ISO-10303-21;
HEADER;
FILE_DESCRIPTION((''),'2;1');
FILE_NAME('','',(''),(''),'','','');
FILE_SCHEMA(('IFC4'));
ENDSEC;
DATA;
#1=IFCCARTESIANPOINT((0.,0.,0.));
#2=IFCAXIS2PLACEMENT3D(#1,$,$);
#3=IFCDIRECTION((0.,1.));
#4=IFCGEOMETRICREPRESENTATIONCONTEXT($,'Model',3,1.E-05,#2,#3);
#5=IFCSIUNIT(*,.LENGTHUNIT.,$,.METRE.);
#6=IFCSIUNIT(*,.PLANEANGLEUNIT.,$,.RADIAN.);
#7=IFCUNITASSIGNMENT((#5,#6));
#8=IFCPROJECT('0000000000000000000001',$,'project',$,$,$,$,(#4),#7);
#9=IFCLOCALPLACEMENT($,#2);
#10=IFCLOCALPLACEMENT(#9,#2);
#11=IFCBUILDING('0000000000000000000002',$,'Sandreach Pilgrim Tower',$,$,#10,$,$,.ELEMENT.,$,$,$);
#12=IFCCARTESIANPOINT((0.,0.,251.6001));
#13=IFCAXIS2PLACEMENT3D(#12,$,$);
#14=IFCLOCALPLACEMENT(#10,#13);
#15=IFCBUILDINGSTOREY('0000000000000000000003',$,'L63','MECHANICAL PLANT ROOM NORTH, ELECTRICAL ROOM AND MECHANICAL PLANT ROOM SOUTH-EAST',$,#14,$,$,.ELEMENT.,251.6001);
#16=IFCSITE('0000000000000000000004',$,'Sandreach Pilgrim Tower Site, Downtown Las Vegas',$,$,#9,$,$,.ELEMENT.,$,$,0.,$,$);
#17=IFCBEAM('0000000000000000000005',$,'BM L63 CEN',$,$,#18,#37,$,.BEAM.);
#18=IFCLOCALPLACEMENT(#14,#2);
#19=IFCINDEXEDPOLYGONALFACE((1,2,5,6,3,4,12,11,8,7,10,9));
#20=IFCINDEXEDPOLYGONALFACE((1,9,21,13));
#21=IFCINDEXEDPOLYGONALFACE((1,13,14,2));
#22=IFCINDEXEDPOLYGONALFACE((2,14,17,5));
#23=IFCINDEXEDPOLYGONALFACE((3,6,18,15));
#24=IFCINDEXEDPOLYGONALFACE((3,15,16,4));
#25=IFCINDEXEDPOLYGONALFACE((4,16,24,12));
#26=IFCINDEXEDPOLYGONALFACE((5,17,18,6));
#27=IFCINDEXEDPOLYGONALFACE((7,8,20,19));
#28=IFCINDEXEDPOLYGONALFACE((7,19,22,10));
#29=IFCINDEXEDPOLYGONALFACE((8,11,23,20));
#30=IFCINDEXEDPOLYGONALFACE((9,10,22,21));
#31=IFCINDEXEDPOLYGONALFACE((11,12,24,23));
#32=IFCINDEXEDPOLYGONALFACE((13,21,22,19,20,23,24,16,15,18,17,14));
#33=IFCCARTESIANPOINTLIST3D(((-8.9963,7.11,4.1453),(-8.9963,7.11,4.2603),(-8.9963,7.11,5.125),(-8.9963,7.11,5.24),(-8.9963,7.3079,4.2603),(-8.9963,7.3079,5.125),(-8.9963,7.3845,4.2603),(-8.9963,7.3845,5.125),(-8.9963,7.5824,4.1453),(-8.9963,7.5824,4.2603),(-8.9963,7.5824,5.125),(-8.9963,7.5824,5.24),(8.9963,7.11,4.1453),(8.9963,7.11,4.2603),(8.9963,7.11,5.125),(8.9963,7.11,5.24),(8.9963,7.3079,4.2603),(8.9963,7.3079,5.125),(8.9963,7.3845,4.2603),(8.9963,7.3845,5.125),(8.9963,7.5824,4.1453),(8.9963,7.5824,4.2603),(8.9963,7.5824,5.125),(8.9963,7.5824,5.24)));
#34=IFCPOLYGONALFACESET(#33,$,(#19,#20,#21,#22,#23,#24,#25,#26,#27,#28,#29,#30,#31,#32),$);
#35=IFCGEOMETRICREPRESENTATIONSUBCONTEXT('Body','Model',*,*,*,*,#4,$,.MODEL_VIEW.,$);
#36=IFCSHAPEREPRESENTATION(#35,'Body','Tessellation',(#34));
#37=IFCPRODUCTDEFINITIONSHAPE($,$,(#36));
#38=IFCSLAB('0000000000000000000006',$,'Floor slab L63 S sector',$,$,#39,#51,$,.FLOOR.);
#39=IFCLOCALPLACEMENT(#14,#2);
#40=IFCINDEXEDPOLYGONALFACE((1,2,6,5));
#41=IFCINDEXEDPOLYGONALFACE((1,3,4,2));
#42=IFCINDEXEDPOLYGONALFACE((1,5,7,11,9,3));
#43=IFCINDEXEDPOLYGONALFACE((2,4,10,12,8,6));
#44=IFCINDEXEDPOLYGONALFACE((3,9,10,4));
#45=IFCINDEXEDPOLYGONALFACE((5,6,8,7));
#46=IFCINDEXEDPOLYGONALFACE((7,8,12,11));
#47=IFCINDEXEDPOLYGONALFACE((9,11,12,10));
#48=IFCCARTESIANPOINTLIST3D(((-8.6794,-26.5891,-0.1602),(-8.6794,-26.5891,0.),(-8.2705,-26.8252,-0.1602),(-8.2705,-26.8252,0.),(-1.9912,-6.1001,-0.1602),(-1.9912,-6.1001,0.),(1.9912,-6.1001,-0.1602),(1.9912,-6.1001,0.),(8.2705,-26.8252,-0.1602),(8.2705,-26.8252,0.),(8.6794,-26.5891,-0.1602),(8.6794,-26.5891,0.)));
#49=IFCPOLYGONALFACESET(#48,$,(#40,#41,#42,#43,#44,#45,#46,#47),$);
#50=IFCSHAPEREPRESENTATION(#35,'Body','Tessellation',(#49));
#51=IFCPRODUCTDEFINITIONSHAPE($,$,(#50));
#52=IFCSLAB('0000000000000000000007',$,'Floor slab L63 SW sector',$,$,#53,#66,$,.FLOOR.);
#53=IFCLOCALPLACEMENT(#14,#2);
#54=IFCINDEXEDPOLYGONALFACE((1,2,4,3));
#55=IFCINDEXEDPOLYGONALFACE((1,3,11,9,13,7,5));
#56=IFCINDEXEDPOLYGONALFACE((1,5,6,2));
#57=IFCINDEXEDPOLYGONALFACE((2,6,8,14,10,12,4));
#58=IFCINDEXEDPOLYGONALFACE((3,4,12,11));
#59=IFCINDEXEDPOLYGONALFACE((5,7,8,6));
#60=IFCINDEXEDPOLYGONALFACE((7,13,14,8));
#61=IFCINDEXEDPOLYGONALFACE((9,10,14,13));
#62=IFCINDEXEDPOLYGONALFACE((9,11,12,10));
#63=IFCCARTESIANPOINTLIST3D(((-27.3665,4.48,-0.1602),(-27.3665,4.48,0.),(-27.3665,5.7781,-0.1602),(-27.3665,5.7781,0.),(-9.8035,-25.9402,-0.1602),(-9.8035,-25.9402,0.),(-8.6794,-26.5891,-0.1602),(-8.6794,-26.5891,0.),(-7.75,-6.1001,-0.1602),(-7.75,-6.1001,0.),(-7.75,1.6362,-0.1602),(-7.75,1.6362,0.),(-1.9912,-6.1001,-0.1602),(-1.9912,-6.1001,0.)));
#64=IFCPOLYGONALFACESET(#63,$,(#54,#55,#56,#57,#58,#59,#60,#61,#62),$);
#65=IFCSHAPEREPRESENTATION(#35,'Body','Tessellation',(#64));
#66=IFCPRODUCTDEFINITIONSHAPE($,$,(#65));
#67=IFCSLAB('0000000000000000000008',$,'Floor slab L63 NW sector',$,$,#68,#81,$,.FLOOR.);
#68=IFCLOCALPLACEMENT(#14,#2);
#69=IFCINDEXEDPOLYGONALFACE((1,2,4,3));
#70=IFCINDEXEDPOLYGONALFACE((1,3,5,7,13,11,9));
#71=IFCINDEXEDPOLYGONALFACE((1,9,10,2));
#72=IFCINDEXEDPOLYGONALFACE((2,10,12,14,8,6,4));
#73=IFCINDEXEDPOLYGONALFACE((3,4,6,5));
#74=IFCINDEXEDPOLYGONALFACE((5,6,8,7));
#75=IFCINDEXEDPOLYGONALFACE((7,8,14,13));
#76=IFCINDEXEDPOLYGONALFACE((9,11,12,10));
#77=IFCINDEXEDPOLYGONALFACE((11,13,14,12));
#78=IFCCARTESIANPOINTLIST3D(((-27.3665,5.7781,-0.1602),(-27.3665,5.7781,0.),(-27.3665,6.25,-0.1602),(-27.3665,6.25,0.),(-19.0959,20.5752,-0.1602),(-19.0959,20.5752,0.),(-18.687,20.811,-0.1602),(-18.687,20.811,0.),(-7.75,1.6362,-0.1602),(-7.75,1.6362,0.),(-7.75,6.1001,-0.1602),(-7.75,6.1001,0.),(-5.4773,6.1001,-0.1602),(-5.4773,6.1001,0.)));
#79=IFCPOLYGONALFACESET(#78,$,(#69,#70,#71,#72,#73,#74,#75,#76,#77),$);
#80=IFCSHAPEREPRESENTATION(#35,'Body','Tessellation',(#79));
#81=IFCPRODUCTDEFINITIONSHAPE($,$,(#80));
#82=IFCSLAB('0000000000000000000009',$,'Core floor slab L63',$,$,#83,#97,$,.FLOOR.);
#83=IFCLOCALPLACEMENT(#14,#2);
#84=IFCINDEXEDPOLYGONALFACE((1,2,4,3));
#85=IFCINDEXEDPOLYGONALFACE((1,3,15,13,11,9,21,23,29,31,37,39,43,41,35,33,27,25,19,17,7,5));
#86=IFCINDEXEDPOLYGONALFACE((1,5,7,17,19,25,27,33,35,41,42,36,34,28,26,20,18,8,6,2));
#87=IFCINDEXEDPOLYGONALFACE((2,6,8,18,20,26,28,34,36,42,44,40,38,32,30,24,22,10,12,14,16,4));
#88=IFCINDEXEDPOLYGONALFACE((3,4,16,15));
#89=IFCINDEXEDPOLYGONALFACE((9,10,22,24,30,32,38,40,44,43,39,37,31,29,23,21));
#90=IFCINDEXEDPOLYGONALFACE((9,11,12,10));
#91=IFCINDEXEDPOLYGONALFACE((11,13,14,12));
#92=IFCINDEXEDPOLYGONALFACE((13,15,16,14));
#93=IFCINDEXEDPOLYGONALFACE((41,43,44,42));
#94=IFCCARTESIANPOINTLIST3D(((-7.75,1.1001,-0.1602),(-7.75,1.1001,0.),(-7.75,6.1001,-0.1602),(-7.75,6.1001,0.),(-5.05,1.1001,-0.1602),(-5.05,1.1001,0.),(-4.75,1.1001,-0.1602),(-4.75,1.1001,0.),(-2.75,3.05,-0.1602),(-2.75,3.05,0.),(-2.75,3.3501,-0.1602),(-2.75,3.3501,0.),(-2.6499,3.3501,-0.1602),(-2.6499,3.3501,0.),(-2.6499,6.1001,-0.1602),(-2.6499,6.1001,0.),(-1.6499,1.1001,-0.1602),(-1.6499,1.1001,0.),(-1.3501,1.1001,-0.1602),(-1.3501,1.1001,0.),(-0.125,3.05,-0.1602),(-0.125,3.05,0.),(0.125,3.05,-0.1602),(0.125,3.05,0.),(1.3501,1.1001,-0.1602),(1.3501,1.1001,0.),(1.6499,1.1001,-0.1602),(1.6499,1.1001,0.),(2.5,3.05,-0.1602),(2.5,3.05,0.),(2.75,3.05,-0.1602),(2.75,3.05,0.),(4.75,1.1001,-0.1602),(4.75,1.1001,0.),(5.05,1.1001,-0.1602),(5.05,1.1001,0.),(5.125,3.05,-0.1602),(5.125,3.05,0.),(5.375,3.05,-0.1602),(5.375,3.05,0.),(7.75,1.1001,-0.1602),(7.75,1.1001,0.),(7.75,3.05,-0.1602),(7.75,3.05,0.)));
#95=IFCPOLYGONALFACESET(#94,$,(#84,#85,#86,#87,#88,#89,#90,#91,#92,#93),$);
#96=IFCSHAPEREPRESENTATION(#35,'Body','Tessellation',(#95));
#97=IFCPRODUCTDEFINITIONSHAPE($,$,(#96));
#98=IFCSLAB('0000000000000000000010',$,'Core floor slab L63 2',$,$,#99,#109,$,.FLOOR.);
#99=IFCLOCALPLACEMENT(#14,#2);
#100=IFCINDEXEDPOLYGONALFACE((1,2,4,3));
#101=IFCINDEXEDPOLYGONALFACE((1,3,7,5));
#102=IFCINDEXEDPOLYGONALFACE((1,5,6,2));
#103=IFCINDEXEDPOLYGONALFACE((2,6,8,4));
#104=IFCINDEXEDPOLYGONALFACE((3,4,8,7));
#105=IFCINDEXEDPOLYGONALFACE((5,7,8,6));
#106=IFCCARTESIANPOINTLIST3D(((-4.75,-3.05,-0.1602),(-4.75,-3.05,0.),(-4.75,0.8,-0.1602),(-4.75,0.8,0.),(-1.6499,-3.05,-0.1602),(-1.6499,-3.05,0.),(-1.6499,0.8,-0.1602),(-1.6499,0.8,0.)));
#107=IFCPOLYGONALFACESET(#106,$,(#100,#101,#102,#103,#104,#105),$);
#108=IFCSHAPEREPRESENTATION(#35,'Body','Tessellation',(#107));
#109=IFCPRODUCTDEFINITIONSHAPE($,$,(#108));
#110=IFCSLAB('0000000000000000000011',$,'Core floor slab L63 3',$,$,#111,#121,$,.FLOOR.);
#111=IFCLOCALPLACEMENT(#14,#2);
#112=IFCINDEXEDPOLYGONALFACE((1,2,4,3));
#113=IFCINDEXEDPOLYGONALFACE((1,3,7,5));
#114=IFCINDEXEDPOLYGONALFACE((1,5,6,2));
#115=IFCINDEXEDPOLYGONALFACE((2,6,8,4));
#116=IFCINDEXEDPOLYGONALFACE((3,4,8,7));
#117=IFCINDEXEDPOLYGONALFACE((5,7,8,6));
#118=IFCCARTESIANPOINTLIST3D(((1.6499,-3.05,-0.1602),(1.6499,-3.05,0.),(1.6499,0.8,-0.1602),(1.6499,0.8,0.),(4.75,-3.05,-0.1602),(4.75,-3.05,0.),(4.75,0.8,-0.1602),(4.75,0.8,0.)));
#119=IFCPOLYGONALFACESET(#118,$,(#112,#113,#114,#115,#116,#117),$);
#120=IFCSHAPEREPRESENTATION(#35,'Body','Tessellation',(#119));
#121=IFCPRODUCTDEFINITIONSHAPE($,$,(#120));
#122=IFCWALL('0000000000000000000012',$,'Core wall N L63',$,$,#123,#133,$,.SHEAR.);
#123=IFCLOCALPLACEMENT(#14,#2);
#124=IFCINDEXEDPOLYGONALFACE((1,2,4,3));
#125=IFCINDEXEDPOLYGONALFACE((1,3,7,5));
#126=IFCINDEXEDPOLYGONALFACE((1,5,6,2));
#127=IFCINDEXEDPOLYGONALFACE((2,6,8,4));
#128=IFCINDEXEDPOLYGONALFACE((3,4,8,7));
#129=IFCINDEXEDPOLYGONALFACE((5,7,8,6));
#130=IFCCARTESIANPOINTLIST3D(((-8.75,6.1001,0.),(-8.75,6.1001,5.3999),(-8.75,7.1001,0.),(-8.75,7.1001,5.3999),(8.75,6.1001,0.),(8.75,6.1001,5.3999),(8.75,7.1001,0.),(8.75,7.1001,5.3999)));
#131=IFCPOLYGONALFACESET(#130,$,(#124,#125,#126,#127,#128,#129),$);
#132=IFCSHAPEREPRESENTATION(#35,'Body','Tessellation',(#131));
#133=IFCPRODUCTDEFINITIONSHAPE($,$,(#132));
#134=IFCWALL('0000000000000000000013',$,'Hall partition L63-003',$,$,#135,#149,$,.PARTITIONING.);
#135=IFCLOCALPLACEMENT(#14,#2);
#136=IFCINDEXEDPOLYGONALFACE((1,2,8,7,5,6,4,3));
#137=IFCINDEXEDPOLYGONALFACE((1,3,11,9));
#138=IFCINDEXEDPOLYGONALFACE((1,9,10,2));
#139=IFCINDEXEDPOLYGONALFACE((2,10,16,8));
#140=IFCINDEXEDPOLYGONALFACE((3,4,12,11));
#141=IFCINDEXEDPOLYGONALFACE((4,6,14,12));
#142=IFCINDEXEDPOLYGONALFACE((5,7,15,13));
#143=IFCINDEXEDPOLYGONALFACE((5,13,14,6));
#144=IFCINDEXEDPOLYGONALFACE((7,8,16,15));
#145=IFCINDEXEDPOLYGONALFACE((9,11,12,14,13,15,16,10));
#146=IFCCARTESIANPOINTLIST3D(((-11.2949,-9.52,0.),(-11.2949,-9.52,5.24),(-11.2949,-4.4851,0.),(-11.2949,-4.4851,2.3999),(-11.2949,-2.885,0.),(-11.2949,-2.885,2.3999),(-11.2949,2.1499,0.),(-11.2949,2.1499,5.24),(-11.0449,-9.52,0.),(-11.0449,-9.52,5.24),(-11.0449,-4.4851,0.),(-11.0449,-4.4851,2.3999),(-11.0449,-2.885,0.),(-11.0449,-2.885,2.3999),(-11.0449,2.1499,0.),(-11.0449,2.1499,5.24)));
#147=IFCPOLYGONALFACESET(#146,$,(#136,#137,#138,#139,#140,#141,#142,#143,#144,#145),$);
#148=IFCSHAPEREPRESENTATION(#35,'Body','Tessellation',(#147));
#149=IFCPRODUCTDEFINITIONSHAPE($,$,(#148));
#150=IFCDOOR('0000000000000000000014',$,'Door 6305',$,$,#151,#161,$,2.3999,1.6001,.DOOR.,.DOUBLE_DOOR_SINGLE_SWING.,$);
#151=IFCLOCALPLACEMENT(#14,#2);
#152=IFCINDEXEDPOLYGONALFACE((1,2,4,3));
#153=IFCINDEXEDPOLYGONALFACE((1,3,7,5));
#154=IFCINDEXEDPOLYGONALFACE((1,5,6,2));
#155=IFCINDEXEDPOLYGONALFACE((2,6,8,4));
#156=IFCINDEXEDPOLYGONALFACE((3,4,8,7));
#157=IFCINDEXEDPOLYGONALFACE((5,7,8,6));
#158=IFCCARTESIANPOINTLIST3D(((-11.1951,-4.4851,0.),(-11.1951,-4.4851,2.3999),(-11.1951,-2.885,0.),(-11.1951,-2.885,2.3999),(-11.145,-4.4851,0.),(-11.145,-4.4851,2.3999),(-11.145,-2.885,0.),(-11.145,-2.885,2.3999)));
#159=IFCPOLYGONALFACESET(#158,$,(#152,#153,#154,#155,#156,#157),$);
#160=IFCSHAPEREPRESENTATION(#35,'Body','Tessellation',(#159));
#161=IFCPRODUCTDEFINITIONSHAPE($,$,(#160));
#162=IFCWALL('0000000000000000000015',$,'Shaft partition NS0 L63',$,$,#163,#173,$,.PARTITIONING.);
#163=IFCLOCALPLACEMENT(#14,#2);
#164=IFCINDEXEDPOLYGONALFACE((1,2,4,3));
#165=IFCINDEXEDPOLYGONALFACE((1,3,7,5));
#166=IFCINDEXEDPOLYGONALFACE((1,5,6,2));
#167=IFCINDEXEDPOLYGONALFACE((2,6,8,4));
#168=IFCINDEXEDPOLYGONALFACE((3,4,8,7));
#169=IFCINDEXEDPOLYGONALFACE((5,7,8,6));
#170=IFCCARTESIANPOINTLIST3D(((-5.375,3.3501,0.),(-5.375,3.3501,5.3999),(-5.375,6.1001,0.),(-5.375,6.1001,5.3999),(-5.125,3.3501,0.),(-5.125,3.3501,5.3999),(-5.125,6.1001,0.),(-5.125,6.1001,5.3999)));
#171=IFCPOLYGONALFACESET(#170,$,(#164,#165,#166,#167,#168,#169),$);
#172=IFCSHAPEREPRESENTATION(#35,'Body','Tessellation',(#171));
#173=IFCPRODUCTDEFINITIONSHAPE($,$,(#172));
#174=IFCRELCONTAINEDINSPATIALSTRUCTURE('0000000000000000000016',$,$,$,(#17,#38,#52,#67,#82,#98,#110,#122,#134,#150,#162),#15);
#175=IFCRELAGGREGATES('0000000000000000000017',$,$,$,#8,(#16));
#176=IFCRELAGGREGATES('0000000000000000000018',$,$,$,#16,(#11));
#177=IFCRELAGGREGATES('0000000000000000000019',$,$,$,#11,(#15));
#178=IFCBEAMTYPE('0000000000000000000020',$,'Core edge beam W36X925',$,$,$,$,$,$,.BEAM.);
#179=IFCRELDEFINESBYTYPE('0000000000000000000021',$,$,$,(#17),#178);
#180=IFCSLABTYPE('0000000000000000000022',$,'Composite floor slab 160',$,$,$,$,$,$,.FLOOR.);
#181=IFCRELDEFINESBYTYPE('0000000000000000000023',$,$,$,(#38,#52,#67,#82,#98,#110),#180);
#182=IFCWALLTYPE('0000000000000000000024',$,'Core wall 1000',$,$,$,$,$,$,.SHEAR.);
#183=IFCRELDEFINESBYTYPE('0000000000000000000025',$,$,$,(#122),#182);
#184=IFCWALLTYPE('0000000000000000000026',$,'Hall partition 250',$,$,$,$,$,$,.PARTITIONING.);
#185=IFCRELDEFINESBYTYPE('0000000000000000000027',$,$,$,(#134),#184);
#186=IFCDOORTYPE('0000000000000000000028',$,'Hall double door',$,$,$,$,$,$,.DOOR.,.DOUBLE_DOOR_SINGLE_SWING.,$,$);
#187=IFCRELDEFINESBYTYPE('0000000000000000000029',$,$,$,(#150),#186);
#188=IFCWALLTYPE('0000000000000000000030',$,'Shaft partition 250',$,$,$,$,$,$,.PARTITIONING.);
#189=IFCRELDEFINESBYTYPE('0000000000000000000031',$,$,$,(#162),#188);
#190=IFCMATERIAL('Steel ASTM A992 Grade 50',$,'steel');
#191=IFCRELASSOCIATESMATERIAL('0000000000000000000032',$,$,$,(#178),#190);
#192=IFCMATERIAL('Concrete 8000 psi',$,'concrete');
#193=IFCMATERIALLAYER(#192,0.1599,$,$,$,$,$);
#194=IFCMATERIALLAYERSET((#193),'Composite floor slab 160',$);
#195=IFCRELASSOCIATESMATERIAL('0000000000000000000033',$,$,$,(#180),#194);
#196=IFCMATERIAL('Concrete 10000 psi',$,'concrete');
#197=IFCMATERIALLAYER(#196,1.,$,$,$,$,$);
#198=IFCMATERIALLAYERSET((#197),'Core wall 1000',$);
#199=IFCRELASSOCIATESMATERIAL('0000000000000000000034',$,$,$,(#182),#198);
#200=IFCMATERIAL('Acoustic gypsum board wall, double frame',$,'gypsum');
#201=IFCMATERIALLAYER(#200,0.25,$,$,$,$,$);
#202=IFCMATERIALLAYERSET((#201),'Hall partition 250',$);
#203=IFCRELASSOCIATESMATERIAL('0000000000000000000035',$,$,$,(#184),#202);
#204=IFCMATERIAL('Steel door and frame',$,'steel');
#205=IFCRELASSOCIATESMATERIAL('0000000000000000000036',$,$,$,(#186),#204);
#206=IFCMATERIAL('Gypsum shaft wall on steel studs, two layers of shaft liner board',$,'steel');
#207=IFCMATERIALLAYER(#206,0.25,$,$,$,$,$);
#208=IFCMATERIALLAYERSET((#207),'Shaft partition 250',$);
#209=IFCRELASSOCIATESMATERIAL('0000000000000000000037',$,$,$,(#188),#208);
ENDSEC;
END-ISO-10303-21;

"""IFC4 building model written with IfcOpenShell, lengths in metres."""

from ifc_helpers import new_model, si_unit, direction, frame, frame_2d, origin, origin_2d, place, context, subcontext, project, spatial, polyline, rectangle, i_section, outline, extrude, material, layer, layer_set, material_profile, profile_set, type_object, element, fill, save


model = new_model("IFC4")

# Units and contexts
model_context = context("Model", 3, precision=1e-05, world=origin(), true_north=direction((0.0, 1.0)))
body_context = subcontext(model_context, "Body", "Model", "MODEL_VIEW")
ifc_project = project(units=[si_unit("LENGTHUNIT", "METRE"), si_unit("PLANEANGLEUNIT", "RADIAN")], contexts=[model_context])

# Site, building, storey
site_placement = place(None, origin())
site = spatial("IfcSite", under=ifc_project, at=site_placement, Name="Sandreach Pilgrim Tower Site, Downtown Las Vegas", CompositionType="ELEMENT", RefElevation=0.0)
building_placement = place(site_placement, origin())
building = spatial("IfcBuilding", under=site, at=building_placement, Name="Sandreach Pilgrim Tower", CompositionType="ELEMENT")
storey_placement = place(building_placement, frame((0.0, 0.0, 251.6001)))
storey = spatial("IfcBuildingStorey", under=building, at=storey_placement, Name="L63", Description="MECHANICAL PLANT ROOM NORTH, ELECTRICAL ROOM AND MECHANICAL PLANT ROOM SOUTH-EAST", CompositionType="ELEMENT", Elevation=251.6001)

# Beam
ifc_material_1 = material(Name="Steel ASTM A992 Grade 50", Category="steel")
ifc_material_profile = material_profile(ifc_material_1, i_section(OverallWidth=0.4724, OverallDepth=1.0947, WebThickness=0.0767, FlangeThickness=0.115, at=origin_2d()), Name="W36X925")
ifc_profile_set = profile_set([ifc_material_profile], Name="Steel ASTM A992 Grade 50")
beam_type = type_object("IfcBeamType", Name="Core edge beam W36X925", PredefinedType="BEAM", material=ifc_profile_set)
beam_placement = place(storey_placement, frame((-8.9963, 7.3462, 4.6926), z_axis=(1.0, 0.0, 0.0), x_axis=(0.0, 1.0, 0.0)))
element("IfcBeam", 1, at=beam_placement, inside=storey, type_object=beam_type, Name="BM L63 CEN", PredefinedType="BEAM", context=body_context, shape_type="SweptSolid", body=[
    extrude(i_section(OverallWidth=0.4724, OverallDepth=1.0947, WebThickness=0.0767, FlangeThickness=0.115, at=origin_2d()), origin(), (0.0, 0.0, 1.0), 17.9927),
])

# Slabs
ifc_material_2 = material(Name="Concrete 8000 psi", Category="concrete")
ifc_layer_1 = layer(ifc_material_2, 0.1599)
ifc_layer_set_1 = layer_set([ifc_layer_1], Name="Composite floor slab 160")
slab_type = type_object("IfcSlabType", Name="Composite floor slab 160", PredefinedType="FLOOR", material=ifc_layer_set_1)
slab_1_placement = place(storey_placement, frame((0.0, 0.0, -0.1602)))
element("IfcSlab", 2, at=slab_1_placement, inside=storey, type_object=slab_type, Name="Floor slab L63 S sector", PredefinedType="FLOOR", context=body_context, shape_type="SweptSolid", body=[
    extrude(outline(polyline([(8.2705, -26.8252), (-8.2705, -26.8252), (-8.6794, -26.5891), (-1.9912, -6.1001), (1.9912, -6.1001), (8.6794, -26.5891), (8.2705, -26.8252)])), origin(), (0.0, 0.0, 1.0), 0.1602),
])
slab_2_placement = place(storey_placement, frame((0.0, 0.0, -0.1602)))
element("IfcSlab", 3, at=slab_2_placement, inside=storey, type_object=slab_type, Name="Floor slab L63 SW sector", PredefinedType="FLOOR", context=body_context, shape_type="SweptSolid", body=[
    extrude(outline(polyline([(-9.8035, -25.9402), (-27.3665, 4.48), (-27.3665, 5.7781), (-7.75, 1.6362), (-7.75, -6.1001), (-1.9912, -6.1001), (-8.6794, -26.5891), (-9.8035, -25.9402)])), origin(), (0.0, 0.0, 1.0), 0.1602),
])
slab_3_placement = place(storey_placement, frame((0.0, 0.0, -0.1602)))
element("IfcSlab", 4, at=slab_3_placement, inside=storey, type_object=slab_type, Name="Floor slab L63 NW sector", PredefinedType="FLOOR", context=body_context, shape_type="SweptSolid", body=[
    extrude(outline(polyline([(-27.3665, 6.25), (-19.0959, 20.5752), (-18.687, 20.811), (-5.4773, 6.1001), (-7.75, 6.1001), (-7.75, 1.6362), (-27.3665, 5.7781), (-27.3665, 6.25)])), origin(), (0.0, 0.0, 1.0), 0.1602),
])
slab_4_placement = place(storey_placement, frame((0.0, 0.0, -0.1602)))
element("IfcSlab", 5, at=slab_4_placement, inside=storey, type_object=slab_type, Name="Core floor slab L63", PredefinedType="FLOOR", context=body_context, shape_type="SweptSolid", body=[
    extrude(outline(polyline([(-2.75, 3.3501), (-2.75, 3.05), (-0.125, 3.05), (0.125, 3.05), (2.5, 3.05), (2.75, 3.05), (5.125, 3.05), (5.375, 3.05), (7.75, 3.05), (7.75, 1.1001), (5.05, 1.1001), (4.75, 1.1001), (1.6499, 1.1001), (1.3501, 1.1001), (-1.3501, 1.1001), (-1.6499, 1.1001), (-4.75, 1.1001), (-5.05, 1.1001), (-7.75, 1.1001), (-7.75, 6.1001), (-2.6499, 6.1001), (-2.6499, 3.3501), (-2.75, 3.3501)])), origin(), (0.0, 0.0, 1.0), 0.1602),
])
slab_5_placement = place(storey_placement, frame((0.0, 0.0, -0.1602)))
element("IfcSlab", 6, at=slab_5_placement, inside=storey, type_object=slab_type, Name="Core floor slab L63 2", PredefinedType="FLOOR", context=body_context, shape_type="SweptSolid", body=[
    extrude(outline(polyline([(-1.6499, -3.05), (-4.75, -3.05), (-4.75, 0.8), (-1.6499, 0.8), (-1.6499, -3.05)])), origin(), (0.0, 0.0, 1.0), 0.1602),
])
slab_6_placement = place(storey_placement, frame((0.0, 0.0, -0.1602)))
element("IfcSlab", 7, at=slab_6_placement, inside=storey, type_object=slab_type, Name="Core floor slab L63 3", PredefinedType="FLOOR", context=body_context, shape_type="SweptSolid", body=[
    extrude(outline(polyline([(4.75, -3.05), (1.6499, -3.05), (1.6499, 0.8), (4.75, 0.8), (4.75, -3.05)])), origin(), (0.0, 0.0, 1.0), 0.1602),
])

# Wall
ifc_material_3 = material(Name="Concrete 10000 psi", Category="concrete")
ifc_layer_2 = layer(ifc_material_3, 1.0)
ifc_layer_set_2 = layer_set([ifc_layer_2], Name="Core wall 1000")
wall_type_1 = type_object("IfcWallType", Name="Core wall 1000", PredefinedType="SHEAR", material=ifc_layer_set_2)
wall_1_placement = place(storey_placement, frame((-8.75, 6.6001, 0.0), z_axis=(0.0, 0.0, 1.0), x_axis=(1.0, 0.0, 0.0)))
element("IfcWall", 8, at=wall_1_placement, inside=storey, type_object=wall_type_1, Name="Core wall N L63", PredefinedType="SHEAR", context=body_context, shape_type="SweptSolid", body=[
    extrude(rectangle(XDim=17.5, YDim=1.0, at=frame_2d((8.75, 0.0))), origin(), (0.0, 0.0, 1.0), 5.3999),
])

# Wall, opening, door
ifc_material_4 = material(Name="Acoustic gypsum board wall, double frame", Category="gypsum")
ifc_layer_3 = layer(ifc_material_4, 0.25)
ifc_layer_set_3 = layer_set([ifc_layer_3], Name="Hall partition 250")
wall_type_2 = type_object("IfcWallType", Name="Hall partition 250", PredefinedType="PARTITIONING", material=ifc_layer_set_3)
wall_2_placement = place(storey_placement, frame((-11.1699, 2.1499, 0.0), z_axis=(0.0, 0.0, 1.0), x_axis=(0.0, -1.0, 0.0)))
wall_2 = element("IfcWall", 9, at=wall_2_placement, inside=storey, type_object=wall_type_2, Name="Hall partition L63-003", PredefinedType="PARTITIONING", context=body_context, shape_type="SweptSolid", body=[
    extrude(rectangle(XDim=11.6699, YDim=0.25, at=frame_2d((5.835, 0.0))), origin(), (0.0, 0.0, 1.0), 5.24),
])
opening_1_placement = place(wall_2_placement, frame((5.0349, 0.0, 0.0)))
opening_1 = element("IfcOpeningElement", 10, at=opening_1_placement, cuts=wall_2, PredefinedType="OPENING", context=body_context, shape_type="SweptSolid", body=[
    extrude(rectangle(XDim=1.6001, YDim=2.3999, at=frame_2d((0.8, 1.2))), frame((0.0, 0.125, 0.0), z_axis=(0.0, -1.0, 0.0), x_axis=(1.0, 0.0, 0.0)), (0.0, 0.0, 1.0), 0.25),
])
ifc_material_5 = material(Name="Steel door and frame", Category="steel")
door_type_1 = type_object("IfcDoorType", Name="Hall double door", OperationType="DOUBLE_DOOR_SINGLE_SWING", PredefinedType="DOOR", material=ifc_material_5)
door_1_placement = place(opening_1_placement, origin())
door_1 = element("IfcDoor", 11, at=door_1_placement, inside=storey, type_object=door_type_1, Name="Door 6305", OperationType="DOUBLE_DOOR_SINGLE_SWING", OverallHeight=2.3999, OverallWidth=1.6001, PredefinedType="DOOR", context=body_context, shape_type="SweptSolid", body=[
    extrude(rectangle(XDim=1.6001, YDim=2.3999, at=frame_2d((0.8, 1.2))), frame((0.0, 0.0249, 0.0), z_axis=(0.0, -1.0, 0.0), x_axis=(1.0, 0.0, 0.0)), (0.0, 0.0, 1.0), 0.05),
])
fill(opening_1, door_1)

# Wall
ifc_material_6 = material(Name="Gypsum shaft wall on steel studs, two layers of shaft liner board", Category="steel")
ifc_layer_4 = layer(ifc_material_6, 0.25)
ifc_layer_set_4 = layer_set([ifc_layer_4], Name="Shaft partition 250")
wall_type_3 = type_object("IfcWallType", Name="Shaft partition 250", PredefinedType="PARTITIONING", material=ifc_layer_set_4)
for number, where, z_axis, x_axis, name in (
    (12, (-5.25, 3.3501, 0.0), (0.0, 0.0, 1.0), (0.0, 1.0, 0.0), "Shaft partition NS0 L63"),
):
    element("IfcWall", number, at=place(storey_placement, frame(where, z_axis=z_axis, x_axis=x_axis)), inside=storey, type_object=wall_type_3, Name=name, PredefinedType="PARTITIONING", context=body_context, shape_type="SweptSolid", body=[
        extrude(rectangle(XDim=2.75, YDim=0.25, at=frame_2d((1.375, 0.0))), origin(), (0.0, 0.0, 1.0), 5.3999),
    ])

save(model, "model.ifc")
